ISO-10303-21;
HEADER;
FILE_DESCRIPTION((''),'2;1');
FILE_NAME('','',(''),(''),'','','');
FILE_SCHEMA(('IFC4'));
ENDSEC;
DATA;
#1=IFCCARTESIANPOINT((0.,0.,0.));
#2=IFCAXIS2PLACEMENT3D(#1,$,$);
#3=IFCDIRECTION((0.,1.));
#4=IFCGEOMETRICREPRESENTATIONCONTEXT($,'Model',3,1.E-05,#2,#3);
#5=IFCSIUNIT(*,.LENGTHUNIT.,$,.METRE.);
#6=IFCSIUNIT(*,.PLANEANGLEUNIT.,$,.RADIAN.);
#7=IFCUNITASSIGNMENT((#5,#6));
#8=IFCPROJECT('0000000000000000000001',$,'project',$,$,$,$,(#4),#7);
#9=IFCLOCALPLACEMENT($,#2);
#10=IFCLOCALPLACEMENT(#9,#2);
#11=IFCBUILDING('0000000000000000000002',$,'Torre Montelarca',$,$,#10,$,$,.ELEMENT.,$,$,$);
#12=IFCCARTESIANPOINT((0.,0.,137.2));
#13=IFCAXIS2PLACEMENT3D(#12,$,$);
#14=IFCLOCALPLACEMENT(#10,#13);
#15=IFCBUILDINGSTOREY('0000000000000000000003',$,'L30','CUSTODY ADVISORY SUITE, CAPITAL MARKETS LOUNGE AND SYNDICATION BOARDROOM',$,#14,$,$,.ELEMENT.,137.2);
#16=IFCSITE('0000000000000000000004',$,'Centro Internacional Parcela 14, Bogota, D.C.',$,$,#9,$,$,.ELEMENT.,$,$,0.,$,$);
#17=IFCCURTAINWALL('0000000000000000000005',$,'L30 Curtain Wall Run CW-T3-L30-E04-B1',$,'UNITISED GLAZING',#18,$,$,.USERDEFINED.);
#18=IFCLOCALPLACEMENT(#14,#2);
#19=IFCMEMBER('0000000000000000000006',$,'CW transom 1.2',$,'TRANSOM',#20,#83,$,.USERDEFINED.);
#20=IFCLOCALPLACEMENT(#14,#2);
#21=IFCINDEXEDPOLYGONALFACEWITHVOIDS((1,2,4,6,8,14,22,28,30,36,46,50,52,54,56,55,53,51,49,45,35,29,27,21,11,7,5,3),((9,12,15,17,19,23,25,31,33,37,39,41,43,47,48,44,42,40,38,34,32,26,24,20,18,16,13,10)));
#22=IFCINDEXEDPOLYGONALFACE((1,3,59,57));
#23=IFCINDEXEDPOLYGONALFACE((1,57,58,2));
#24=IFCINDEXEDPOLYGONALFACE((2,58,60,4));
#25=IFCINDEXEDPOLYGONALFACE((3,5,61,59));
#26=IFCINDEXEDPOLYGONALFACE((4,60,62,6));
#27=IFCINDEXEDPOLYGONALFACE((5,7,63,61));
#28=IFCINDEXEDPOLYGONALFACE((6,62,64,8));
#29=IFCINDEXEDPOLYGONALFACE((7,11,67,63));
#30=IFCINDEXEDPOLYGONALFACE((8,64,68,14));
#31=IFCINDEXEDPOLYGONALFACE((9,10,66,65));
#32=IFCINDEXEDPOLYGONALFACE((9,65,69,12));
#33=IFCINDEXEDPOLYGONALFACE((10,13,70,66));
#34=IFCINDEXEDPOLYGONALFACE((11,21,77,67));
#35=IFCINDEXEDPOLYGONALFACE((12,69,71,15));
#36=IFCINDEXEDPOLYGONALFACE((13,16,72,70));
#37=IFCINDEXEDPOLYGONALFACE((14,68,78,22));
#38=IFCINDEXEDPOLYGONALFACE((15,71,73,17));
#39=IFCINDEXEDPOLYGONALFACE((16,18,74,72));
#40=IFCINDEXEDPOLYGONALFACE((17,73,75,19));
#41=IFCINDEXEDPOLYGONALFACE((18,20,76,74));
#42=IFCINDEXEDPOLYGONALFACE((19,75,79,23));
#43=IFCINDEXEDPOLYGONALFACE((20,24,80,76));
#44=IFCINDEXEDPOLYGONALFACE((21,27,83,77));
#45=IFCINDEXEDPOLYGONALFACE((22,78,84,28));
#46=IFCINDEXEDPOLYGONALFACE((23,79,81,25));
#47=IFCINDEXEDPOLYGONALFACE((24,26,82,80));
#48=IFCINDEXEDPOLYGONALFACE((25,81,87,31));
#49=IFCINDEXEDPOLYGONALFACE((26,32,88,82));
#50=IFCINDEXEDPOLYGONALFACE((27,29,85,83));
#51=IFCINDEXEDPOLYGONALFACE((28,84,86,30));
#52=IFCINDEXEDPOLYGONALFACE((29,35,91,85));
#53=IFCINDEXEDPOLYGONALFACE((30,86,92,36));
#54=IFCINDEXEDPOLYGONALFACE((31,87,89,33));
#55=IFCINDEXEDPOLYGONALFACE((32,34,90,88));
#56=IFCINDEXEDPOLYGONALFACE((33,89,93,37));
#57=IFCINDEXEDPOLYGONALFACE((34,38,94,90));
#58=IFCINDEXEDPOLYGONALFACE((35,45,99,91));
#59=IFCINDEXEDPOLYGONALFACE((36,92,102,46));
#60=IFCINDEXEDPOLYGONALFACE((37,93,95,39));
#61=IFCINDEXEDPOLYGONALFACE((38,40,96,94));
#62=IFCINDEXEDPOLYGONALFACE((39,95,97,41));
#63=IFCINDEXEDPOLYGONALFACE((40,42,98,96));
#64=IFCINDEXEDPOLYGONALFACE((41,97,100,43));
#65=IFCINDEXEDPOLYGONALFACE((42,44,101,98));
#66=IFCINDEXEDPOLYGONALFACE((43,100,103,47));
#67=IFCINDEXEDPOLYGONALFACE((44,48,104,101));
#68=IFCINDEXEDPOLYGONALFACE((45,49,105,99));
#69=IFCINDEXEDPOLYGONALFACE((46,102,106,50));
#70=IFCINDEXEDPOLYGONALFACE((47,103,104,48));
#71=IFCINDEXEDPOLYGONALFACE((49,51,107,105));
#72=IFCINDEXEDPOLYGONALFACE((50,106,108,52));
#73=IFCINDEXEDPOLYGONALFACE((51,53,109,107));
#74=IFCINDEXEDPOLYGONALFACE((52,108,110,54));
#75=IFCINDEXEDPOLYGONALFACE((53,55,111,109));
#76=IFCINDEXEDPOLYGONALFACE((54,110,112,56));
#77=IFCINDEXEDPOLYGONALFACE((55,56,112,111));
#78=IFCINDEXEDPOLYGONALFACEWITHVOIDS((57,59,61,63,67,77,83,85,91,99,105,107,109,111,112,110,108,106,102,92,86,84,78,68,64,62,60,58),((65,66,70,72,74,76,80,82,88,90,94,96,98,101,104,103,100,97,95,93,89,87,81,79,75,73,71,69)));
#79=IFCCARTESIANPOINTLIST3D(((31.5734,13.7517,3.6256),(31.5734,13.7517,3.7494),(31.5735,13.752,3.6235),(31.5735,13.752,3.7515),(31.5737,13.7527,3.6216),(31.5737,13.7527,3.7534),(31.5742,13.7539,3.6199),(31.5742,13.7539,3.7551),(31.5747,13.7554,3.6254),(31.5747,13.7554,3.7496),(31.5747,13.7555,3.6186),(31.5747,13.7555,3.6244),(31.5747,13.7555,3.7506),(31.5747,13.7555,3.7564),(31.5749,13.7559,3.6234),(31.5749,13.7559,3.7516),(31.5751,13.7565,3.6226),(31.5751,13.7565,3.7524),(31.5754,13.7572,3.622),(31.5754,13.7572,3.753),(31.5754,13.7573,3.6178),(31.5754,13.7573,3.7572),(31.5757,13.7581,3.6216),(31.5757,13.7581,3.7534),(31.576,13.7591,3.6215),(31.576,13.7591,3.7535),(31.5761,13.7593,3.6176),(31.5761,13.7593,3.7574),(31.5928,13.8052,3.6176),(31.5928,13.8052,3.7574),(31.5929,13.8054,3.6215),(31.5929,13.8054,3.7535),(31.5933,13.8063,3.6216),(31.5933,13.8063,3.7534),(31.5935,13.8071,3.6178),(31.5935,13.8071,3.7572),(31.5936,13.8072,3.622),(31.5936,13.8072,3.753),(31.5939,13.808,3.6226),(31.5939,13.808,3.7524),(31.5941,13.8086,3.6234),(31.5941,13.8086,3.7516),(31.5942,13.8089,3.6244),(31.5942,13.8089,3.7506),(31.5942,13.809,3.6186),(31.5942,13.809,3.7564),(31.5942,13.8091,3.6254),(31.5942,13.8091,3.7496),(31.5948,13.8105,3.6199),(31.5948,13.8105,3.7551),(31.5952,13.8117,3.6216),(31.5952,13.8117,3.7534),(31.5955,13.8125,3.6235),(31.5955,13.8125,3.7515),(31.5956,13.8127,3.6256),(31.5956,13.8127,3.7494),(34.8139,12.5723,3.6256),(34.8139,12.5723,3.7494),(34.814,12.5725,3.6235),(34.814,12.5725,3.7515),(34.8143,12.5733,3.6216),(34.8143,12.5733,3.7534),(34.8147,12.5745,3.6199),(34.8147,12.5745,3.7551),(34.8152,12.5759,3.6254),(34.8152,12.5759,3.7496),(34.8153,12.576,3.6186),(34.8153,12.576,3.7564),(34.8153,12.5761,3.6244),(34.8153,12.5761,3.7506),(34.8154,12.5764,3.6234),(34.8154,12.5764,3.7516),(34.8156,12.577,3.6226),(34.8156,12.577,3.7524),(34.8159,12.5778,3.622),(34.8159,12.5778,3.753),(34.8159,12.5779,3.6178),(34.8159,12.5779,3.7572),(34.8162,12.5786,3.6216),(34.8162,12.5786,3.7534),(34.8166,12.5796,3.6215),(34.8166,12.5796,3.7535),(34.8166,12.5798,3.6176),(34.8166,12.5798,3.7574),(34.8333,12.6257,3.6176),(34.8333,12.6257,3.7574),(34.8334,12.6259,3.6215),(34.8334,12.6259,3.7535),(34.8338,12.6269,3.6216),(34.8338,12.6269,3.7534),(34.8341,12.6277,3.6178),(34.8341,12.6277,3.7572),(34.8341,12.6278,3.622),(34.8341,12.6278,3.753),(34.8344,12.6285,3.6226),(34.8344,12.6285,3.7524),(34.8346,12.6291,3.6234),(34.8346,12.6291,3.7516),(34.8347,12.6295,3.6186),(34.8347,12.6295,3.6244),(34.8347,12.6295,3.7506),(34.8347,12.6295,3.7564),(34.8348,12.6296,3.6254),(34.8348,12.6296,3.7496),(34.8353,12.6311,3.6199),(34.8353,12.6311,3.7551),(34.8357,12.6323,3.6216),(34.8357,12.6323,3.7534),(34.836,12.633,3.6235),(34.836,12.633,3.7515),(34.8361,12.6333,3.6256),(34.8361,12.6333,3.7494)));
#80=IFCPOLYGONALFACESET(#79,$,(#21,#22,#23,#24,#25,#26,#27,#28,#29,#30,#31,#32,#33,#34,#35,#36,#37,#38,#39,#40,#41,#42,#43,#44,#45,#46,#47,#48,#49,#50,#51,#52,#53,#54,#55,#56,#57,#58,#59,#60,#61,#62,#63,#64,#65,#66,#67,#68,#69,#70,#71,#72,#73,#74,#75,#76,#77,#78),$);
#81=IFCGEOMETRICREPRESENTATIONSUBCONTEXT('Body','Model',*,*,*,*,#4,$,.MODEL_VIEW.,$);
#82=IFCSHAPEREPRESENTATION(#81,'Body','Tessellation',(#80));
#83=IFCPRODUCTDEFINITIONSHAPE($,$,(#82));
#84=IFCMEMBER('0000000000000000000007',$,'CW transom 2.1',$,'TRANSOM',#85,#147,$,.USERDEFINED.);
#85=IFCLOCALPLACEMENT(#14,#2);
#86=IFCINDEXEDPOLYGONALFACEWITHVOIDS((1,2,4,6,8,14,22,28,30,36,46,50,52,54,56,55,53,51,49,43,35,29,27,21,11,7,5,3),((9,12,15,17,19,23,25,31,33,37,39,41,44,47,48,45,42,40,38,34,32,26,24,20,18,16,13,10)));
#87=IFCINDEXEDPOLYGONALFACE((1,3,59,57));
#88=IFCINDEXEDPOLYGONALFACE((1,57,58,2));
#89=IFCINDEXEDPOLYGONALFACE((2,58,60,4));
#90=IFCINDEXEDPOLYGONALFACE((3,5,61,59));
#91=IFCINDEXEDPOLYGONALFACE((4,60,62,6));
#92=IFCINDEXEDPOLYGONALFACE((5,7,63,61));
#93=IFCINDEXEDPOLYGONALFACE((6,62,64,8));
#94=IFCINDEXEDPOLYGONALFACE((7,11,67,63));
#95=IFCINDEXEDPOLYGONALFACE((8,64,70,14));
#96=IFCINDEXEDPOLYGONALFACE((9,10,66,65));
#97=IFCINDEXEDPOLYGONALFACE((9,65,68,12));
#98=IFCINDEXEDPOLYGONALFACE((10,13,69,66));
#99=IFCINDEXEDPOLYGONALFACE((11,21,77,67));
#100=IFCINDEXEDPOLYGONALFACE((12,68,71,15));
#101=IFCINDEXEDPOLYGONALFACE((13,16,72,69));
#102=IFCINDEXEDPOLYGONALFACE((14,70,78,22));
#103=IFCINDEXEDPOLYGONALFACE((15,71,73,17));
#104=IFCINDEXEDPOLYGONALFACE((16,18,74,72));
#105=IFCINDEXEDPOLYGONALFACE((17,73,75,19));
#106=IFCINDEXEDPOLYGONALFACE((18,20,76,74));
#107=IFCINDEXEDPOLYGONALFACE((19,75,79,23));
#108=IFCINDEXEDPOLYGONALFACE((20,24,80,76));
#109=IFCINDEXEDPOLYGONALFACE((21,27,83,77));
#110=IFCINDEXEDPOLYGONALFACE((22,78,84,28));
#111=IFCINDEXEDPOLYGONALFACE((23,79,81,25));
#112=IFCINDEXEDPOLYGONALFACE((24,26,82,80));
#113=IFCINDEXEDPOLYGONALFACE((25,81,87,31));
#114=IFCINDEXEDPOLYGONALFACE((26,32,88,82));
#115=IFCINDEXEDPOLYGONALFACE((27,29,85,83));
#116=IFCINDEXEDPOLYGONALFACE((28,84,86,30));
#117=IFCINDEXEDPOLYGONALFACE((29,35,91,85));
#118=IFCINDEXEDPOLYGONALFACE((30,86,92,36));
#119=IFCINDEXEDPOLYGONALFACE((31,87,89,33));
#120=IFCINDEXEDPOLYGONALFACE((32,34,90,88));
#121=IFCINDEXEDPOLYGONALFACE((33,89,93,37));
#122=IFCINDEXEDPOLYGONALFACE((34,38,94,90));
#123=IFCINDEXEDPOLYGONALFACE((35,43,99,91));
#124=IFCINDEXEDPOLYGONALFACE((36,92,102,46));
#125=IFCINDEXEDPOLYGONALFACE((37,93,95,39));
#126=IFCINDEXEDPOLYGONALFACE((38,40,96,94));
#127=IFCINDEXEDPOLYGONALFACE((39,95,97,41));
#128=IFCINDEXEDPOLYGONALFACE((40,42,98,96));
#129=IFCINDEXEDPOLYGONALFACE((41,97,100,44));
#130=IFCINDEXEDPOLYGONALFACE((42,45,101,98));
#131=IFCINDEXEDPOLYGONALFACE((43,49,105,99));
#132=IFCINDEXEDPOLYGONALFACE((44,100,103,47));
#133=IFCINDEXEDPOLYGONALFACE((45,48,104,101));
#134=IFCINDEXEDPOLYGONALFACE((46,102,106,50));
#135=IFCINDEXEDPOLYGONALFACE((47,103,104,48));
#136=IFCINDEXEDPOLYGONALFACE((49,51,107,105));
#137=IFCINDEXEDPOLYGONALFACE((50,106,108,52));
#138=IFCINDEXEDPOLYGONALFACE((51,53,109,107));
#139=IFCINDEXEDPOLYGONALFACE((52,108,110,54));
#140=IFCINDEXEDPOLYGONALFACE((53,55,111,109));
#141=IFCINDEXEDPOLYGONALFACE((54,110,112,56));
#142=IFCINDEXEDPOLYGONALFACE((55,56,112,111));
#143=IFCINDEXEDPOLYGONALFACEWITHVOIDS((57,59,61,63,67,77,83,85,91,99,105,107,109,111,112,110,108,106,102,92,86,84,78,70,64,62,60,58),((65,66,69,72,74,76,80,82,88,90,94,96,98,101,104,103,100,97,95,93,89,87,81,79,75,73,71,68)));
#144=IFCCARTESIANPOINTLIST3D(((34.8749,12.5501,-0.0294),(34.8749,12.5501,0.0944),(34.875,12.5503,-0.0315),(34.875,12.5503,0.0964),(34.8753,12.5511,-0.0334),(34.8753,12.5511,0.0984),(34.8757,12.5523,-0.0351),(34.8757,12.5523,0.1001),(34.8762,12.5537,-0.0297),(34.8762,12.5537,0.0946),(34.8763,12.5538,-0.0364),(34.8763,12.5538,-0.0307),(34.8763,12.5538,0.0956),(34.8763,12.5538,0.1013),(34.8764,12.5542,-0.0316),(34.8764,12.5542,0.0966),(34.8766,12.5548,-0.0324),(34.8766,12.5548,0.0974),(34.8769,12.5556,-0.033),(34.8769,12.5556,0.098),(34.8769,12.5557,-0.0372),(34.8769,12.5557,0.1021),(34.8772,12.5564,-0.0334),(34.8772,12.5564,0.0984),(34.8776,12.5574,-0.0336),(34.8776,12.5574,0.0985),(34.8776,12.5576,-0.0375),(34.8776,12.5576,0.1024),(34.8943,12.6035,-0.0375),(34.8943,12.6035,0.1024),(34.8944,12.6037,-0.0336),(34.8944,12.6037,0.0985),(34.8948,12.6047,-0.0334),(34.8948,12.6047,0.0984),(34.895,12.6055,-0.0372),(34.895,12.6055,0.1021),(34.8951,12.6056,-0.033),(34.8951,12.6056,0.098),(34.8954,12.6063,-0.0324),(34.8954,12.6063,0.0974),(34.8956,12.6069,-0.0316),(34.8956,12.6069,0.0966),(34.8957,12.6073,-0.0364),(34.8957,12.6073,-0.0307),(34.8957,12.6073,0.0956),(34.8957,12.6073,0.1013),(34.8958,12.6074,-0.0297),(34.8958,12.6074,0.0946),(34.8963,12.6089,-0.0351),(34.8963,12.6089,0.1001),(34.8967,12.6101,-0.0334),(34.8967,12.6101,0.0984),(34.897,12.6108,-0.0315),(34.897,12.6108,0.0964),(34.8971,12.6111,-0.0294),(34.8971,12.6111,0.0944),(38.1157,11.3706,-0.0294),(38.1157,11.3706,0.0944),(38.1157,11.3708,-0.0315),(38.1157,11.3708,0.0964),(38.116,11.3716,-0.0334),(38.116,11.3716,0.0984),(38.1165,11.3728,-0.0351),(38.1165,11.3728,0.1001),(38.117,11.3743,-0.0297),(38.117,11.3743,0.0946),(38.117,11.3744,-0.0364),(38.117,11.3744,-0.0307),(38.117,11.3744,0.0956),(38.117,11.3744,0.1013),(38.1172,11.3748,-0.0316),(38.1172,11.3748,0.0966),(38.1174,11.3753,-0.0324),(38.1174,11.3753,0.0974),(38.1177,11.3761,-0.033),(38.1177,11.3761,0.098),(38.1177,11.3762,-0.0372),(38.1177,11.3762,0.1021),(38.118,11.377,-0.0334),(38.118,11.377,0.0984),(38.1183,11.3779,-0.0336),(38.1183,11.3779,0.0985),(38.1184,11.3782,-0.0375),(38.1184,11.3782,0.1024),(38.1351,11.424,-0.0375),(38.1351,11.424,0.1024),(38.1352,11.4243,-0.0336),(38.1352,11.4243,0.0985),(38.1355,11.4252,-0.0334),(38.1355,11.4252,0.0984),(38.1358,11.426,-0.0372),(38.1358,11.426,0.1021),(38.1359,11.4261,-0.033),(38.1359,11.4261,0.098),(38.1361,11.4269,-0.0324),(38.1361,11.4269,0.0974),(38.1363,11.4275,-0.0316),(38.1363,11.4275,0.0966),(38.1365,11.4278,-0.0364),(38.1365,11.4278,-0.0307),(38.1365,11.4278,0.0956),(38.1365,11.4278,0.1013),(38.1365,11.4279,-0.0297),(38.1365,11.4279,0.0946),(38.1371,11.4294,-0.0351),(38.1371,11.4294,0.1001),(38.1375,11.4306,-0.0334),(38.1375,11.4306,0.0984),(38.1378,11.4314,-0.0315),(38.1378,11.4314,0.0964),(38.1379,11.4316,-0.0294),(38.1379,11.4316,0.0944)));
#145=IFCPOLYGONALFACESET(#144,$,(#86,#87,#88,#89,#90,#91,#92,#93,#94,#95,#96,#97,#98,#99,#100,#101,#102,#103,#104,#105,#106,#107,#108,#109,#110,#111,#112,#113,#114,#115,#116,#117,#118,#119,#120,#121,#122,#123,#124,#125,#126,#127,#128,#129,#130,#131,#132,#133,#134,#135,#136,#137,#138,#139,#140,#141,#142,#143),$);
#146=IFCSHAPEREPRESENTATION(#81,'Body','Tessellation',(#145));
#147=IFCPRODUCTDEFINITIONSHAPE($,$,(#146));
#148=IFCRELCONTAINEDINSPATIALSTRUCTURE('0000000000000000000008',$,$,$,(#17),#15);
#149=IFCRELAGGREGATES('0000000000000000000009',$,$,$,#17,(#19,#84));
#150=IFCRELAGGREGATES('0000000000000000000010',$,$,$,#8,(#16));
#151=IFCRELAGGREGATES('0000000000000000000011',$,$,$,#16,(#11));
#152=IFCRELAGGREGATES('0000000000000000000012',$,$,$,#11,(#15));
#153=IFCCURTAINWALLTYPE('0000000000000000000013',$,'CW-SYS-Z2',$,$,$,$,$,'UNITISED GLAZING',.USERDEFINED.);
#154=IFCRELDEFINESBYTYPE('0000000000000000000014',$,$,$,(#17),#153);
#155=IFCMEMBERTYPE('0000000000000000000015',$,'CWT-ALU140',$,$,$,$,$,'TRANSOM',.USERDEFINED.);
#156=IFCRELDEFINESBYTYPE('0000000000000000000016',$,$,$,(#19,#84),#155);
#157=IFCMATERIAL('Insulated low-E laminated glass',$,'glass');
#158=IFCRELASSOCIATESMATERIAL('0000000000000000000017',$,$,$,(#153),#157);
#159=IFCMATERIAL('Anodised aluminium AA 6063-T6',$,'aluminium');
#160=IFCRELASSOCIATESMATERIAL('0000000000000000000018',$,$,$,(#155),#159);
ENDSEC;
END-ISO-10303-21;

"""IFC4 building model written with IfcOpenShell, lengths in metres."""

from ifc_helpers import new_model, si_unit, direction, frame, origin, origin_2d, place, context, subcontext, project, spatial, hollow_rectangle, extrude, source, transform, mapped, material, material_profile, profile_set, type_object, element, aggregate, save


model = new_model("IFC4")

# Units and contexts
model_context = context("Model", 3, precision=1e-05, world=origin(), true_north=direction((0.0, 1.0)))
body_context = subcontext(model_context, "Body", "Model", "MODEL_VIEW")
ifc_project = project(units=[si_unit("LENGTHUNIT", "METRE"), si_unit("PLANEANGLEUNIT", "RADIAN")], contexts=[model_context])

# Site, building, storey
site_placement = place(None, origin())
site = spatial("IfcSite", under=ifc_project, at=site_placement, Name="Centro Internacional Parcela 14, Bogota, D.C.", CompositionType="ELEMENT", RefElevation=0.0)
building_placement = place(site_placement, origin())
building = spatial("IfcBuilding", under=site, at=building_placement, Name="Torre Montelarca", CompositionType="ELEMENT")
storey_placement = place(building_placement, frame((0.0, 0.0, 137.2)))
storey = spatial("IfcBuildingStorey", under=building, at=storey_placement, Name="L30", Description="CUSTODY ADVISORY SUITE, CAPITAL MARKETS LOUNGE AND SYNDICATION BOARDROOM", CompositionType="ELEMENT", Elevation=137.2)

# Shared definitions
ifc_material_1 = material(Name="Insulated low-E laminated glass", Category="glass")
curtain_wall_type = type_object("IfcCurtainWallType", Name="CW-SYS-Z2", ElementType="UNITISED GLAZING", PredefinedType="USERDEFINED", material=ifc_material_1)
ifc_material_2 = material(Name="Anodised aluminium AA 6063-T6", Category="aluminium")
ifc_material_profile_1 = material_profile(ifc_material_2, hollow_rectangle(XDim=0.0649, YDim=0.1399, WallThickness=0.0039, InnerFilletRadius=0.0039, OuterFilletRadius=0.0081, at=origin_2d()), Name="ALU65X140X4", Category="aluminium")
ifc_profile_set_1 = profile_set([ifc_material_profile_1], Name="Anodised aluminium AA 6063-T6")
member_type_1 = type_object("IfcMemberType", Name="CWT-ALU140", ElementType="TRANSOM", PredefinedType="USERDEFINED", material=ifc_profile_set_1)

# Curtain wall, members
curtain_wall_1_placement = place(storey_placement, origin())
curtain_wall_1 = element("IfcCurtainWall", 1, at=curtain_wall_1_placement, inside=storey, type_object=curtain_wall_type, Name="L30 Curtain Wall Run CW-T3-L30-E04-B1", ObjectType="UNITISED GLAZING", PredefinedType="USERDEFINED")
shared_shape_1 = source(origin(), body_context, "Body", "SweptSolid", [
    extrude(hollow_rectangle(XDim=0.0649, YDim=0.1399, WallThickness=0.0039, InnerFilletRadius=0.0039, OuterFilletRadius=0.0081, at=origin_2d()), origin(), (0.0, 0.0, 1.0), 3.4485),
])
member_1_placement = place(storey_placement, frame((31.5845, 13.7822, 3.6875), z_axis=(0.939692, -0.342022, 0.0), x_axis=(0.342022, 0.939692, 0.0)))
member_1 = element("IfcMember", 2, at=member_1_placement, type_object=member_type_1, Name="CW transom 1.2", ObjectType="TRANSOM", PredefinedType="USERDEFINED", context=body_context, shape_type="MappedRepresentation", body=[
    mapped(shared_shape_1, transform((0.0, 0.0, 0.0), scale=1.0)),
])
shared_shape_2 = source(origin(), body_context, "Body", "SweptSolid", [
    extrude(hollow_rectangle(XDim=0.0649, YDim=0.1399, WallThickness=0.0039, InnerFilletRadius=0.0039, OuterFilletRadius=0.0081, at=origin_2d()), origin(), (0.0, 0.0, 1.0), 3.4487),
])
member_2_placement = place(storey_placement, frame((34.886, 12.5806, 0.0325), z_axis=(0.9397, -0.341999, 0.0), x_axis=(0.341999, 0.9397, 0.0)))
member_2 = element("IfcMember", 3, at=member_2_placement, type_object=member_type_1, Name="CW transom 2.1", ObjectType="TRANSOM", PredefinedType="USERDEFINED", context=body_context, shape_type="MappedRepresentation", body=[
    mapped(shared_shape_2, transform((0.0, 0.0, 0.0), scale=1.0)),
])

aggregate(curtain_wall_1, [member_1, member_2])

save(model, "model.ifc")
